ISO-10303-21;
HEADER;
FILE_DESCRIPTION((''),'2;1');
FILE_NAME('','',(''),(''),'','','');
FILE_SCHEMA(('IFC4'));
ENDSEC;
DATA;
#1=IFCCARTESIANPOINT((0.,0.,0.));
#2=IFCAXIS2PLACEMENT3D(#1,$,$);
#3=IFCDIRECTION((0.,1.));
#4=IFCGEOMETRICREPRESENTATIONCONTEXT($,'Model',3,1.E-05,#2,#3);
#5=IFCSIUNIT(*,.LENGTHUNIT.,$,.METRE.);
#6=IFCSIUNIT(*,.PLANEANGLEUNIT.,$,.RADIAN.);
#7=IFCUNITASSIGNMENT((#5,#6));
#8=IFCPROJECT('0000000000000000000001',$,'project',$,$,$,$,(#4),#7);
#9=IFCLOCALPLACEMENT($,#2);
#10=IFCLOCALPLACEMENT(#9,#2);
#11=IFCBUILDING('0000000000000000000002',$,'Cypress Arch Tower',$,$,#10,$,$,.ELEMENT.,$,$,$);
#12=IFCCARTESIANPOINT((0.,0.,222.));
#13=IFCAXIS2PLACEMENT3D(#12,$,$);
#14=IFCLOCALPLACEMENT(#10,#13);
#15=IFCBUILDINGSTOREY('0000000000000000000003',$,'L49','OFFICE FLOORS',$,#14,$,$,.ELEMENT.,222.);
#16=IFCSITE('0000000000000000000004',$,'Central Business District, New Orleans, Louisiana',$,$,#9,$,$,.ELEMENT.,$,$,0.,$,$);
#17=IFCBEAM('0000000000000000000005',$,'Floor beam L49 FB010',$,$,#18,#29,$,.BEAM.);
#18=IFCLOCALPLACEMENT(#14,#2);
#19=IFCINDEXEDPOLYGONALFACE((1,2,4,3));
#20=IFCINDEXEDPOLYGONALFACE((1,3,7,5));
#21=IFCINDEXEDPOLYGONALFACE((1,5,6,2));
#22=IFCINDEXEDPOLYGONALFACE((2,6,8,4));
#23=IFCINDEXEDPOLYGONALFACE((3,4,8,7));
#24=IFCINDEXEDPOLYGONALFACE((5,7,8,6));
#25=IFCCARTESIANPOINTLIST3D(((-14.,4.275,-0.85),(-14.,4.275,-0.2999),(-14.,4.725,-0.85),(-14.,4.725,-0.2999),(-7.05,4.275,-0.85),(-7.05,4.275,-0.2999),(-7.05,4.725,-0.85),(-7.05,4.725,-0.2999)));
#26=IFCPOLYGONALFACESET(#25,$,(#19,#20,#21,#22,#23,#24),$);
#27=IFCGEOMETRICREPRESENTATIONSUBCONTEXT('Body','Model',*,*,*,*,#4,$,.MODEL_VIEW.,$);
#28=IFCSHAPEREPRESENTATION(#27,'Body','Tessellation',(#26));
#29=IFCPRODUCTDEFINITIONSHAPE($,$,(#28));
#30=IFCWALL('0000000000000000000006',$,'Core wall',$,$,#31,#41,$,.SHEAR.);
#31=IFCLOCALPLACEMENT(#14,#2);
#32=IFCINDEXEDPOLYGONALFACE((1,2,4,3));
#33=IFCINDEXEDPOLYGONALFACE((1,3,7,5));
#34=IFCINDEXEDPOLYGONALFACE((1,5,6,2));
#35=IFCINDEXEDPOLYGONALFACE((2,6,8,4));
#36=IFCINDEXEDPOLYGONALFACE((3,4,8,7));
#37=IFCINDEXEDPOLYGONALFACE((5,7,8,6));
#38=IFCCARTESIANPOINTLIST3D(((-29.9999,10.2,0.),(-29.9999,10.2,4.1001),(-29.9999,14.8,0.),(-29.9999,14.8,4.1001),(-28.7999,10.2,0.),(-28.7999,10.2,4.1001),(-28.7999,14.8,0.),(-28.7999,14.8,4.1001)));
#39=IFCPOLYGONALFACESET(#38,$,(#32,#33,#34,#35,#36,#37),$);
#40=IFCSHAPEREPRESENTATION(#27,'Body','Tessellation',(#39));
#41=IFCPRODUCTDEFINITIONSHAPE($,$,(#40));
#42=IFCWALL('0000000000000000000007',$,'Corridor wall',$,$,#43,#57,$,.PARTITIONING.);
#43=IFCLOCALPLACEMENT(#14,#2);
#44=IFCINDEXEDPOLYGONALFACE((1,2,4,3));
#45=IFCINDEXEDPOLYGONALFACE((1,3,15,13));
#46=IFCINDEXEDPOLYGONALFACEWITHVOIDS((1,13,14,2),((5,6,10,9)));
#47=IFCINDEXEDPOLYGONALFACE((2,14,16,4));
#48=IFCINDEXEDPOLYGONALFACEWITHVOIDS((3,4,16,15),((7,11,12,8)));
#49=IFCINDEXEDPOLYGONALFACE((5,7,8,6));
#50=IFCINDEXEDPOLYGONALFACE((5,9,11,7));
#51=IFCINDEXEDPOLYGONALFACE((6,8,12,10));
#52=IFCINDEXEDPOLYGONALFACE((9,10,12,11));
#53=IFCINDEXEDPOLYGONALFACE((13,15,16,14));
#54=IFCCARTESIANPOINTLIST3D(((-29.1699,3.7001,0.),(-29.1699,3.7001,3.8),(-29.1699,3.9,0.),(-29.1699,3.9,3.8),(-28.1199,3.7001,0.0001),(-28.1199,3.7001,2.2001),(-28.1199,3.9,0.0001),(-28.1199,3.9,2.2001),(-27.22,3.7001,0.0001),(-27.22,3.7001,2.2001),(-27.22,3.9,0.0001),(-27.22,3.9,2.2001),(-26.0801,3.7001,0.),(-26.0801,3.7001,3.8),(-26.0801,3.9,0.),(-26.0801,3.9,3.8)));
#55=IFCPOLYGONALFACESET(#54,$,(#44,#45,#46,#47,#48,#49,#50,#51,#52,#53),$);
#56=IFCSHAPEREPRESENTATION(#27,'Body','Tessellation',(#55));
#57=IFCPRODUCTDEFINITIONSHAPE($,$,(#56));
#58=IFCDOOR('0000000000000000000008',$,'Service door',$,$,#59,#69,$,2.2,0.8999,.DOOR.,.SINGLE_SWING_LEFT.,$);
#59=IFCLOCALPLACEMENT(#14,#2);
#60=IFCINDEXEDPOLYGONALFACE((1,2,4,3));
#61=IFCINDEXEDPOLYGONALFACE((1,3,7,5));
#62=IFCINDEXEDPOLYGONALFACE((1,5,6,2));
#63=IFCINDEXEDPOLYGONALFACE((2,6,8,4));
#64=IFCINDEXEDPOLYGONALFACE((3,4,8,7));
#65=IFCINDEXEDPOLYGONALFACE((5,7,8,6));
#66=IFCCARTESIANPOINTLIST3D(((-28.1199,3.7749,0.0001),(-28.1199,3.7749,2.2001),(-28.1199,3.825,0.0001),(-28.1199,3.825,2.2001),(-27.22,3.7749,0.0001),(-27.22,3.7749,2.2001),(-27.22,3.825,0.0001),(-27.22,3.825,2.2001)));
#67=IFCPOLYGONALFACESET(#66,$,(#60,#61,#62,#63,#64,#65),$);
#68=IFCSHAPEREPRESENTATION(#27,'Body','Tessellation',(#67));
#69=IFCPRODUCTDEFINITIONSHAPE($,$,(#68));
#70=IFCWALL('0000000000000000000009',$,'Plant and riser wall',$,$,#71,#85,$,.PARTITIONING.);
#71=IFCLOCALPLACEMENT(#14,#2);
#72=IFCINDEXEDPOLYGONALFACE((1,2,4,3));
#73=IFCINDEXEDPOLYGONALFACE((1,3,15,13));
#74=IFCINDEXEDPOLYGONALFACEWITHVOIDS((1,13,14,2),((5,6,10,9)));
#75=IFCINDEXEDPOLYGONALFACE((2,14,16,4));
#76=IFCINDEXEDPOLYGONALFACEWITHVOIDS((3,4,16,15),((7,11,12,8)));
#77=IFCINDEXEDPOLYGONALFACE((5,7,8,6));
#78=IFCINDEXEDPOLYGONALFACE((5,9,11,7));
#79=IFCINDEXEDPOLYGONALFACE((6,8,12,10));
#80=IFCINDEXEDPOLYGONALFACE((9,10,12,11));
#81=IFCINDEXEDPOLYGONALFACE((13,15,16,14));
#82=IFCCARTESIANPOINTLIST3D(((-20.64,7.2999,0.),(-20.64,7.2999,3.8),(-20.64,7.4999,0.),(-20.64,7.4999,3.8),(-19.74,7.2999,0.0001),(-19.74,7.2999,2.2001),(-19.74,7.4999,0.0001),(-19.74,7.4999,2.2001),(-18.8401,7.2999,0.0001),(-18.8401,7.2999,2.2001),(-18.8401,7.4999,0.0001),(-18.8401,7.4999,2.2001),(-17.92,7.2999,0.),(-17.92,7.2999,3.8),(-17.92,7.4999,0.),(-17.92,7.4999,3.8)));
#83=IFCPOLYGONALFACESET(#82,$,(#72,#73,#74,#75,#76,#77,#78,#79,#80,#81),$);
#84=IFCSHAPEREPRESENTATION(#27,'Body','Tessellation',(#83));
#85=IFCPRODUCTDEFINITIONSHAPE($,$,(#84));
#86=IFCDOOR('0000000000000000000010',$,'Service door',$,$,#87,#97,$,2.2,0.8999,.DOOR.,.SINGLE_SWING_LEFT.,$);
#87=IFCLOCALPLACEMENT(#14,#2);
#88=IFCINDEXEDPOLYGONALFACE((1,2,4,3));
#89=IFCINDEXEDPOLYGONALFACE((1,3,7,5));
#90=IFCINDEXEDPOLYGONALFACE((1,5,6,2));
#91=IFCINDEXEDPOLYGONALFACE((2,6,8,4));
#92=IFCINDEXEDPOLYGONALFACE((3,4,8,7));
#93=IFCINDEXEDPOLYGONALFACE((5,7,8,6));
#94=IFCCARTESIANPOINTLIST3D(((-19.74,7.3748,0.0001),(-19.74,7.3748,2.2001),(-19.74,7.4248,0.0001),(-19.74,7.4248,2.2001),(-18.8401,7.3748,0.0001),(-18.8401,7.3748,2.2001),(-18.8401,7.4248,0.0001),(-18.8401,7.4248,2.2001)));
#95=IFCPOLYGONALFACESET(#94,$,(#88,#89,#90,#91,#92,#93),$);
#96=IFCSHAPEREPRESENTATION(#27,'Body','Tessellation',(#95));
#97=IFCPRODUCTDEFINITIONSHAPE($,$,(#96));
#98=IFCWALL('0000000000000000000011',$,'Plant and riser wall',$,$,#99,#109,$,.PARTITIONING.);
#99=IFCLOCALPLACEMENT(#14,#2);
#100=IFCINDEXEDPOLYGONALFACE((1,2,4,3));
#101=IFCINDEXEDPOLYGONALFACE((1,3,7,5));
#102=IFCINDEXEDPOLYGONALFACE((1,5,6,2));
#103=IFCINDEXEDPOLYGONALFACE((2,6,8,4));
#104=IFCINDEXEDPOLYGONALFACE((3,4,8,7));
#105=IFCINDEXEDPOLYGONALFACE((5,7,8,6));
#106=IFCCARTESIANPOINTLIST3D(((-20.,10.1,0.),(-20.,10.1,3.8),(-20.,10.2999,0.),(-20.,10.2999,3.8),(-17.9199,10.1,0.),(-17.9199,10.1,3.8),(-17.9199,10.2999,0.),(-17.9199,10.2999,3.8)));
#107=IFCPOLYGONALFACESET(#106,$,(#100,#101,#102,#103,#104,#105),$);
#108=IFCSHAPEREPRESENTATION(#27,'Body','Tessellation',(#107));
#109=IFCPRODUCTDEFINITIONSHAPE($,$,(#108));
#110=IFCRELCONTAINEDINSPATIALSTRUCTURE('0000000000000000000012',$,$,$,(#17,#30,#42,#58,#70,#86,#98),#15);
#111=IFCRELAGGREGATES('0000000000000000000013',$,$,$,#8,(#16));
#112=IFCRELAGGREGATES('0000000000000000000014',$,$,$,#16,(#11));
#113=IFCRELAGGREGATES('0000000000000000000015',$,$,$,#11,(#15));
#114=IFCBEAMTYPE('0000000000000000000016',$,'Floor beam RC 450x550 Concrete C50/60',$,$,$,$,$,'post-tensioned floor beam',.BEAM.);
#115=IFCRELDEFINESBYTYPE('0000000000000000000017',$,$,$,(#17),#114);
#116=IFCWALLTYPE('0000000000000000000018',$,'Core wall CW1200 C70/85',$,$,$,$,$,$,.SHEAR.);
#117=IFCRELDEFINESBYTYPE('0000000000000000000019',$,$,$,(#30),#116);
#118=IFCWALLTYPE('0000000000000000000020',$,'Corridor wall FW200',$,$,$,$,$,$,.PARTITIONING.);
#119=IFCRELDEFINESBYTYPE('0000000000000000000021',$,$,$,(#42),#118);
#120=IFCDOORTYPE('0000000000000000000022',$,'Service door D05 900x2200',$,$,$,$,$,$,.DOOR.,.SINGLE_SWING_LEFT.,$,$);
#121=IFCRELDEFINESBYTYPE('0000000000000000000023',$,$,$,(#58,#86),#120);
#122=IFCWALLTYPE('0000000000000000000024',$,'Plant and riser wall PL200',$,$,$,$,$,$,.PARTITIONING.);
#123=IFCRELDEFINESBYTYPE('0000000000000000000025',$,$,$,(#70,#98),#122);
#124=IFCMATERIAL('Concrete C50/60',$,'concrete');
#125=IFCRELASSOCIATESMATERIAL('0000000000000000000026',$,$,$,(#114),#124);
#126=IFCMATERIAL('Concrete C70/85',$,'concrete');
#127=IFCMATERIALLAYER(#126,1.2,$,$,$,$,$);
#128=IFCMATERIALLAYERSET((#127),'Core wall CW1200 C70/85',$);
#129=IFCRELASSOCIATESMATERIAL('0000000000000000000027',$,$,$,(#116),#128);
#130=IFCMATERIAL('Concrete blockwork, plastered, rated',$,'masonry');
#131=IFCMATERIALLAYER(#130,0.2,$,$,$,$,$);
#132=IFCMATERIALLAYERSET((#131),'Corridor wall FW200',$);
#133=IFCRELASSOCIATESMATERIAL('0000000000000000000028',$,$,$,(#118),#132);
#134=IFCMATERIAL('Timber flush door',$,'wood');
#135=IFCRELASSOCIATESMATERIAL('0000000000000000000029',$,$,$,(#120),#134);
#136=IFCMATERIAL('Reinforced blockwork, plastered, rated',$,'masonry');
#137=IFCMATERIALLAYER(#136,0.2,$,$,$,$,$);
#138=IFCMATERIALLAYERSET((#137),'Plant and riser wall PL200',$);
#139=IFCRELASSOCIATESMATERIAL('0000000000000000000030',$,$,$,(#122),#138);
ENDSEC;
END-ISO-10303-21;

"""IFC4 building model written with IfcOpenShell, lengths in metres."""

from ifc_helpers import new_model, si_unit, direction, frame, frame_2d, origin, origin_2d, place, context, subcontext, project, spatial, rectangle, extrude, material, layer, layer_set, material_profile, profile_set, type_object, element, fill, save


model = new_model("IFC4")

# Units and contexts
model_context = context("Model", 3, precision=1e-05, world=origin(), true_north=direction((0.0, 1.0)))
body_context = subcontext(model_context, "Body", "Model", "MODEL_VIEW")
ifc_project = project(units=[si_unit("LENGTHUNIT", "METRE"), si_unit("PLANEANGLEUNIT", "RADIAN")], contexts=[model_context])

# Site, building, storey
site_placement = place(None, origin())
site = spatial("IfcSite", under=ifc_project, at=site_placement, Name="Central Business District, New Orleans, Louisiana", CompositionType="ELEMENT", RefElevation=0.0)
building_placement = place(site_placement, origin())
building = spatial("IfcBuilding", under=site, at=building_placement, Name="Cypress Arch Tower", CompositionType="ELEMENT")
storey_placement = place(building_placement, frame((0.0, 0.0, 222.0)))
storey = spatial("IfcBuildingStorey", under=building, at=storey_placement, Name="L49", Description="OFFICE FLOORS", CompositionType="ELEMENT", Elevation=222.0)

# Beam
ifc_material_1 = material(Name="Concrete C50/60", Category="concrete")
ifc_material_profile = material_profile(ifc_material_1, rectangle(XDim=0.45, YDim=0.55, at=origin_2d()), Name="RC 450x550")
ifc_profile_set = profile_set([ifc_material_profile], Name="Concrete C50/60")
beam_type = type_object("IfcBeamType", Name="Floor beam RC 450x550 Concrete C50/60", ElementType="post-tensioned floor beam", PredefinedType="BEAM", material=ifc_profile_set)
beam_placement = place(storey_placement, frame((-14.0, 4.5, -0.575), z_axis=(1.0, 0.0, 0.0), x_axis=(0.0, 1.0, 0.0)))
element("IfcBeam", 1, at=beam_placement, inside=storey, type_object=beam_type, Name="Floor beam L49 FB010", PredefinedType="BEAM", context=body_context, shape_type="SweptSolid", body=[
    extrude(rectangle(XDim=0.45, YDim=0.55, at=origin_2d()), origin(), (0.0, 0.0, 1.0), 6.95),
])

# Wall
ifc_material_2 = material(Name="Concrete C70/85", Category="concrete")
ifc_layer_1 = layer(ifc_material_2, 1.2)
ifc_layer_set_1 = layer_set([ifc_layer_1], Name="Core wall CW1200 C70/85")
wall_type_1 = type_object("IfcWallType", Name="Core wall CW1200 C70/85", PredefinedType="SHEAR", material=ifc_layer_set_1)
wall_1_placement = place(storey_placement, frame((-29.3999, 10.2, 0.0), z_axis=(0.0, 0.0, 1.0), x_axis=(0.0, 1.0, 0.0)))
element("IfcWall", 2, at=wall_1_placement, inside=storey, type_object=wall_type_1, Name="Core wall", PredefinedType="SHEAR", context=body_context, shape_type="SweptSolid", body=[
    extrude(rectangle(XDim=4.6001, YDim=1.2, at=frame_2d((2.3, 0.0))), origin(), (0.0, 0.0, 1.0), 4.1001),
])

# Walls, openings, doors
ifc_material_3 = material(Name="Concrete blockwork, plastered, rated", Category="masonry")
ifc_layer_2 = layer(ifc_material_3, 0.2)
ifc_layer_set_2 = layer_set([ifc_layer_2], Name="Corridor wall FW200")
wall_type_2 = type_object("IfcWallType", Name="Corridor wall FW200", PredefinedType="PARTITIONING", material=ifc_layer_set_2)
wall_2_placement = place(storey_placement, frame((-29.1699, 3.8, 0.0), z_axis=(0.0, 0.0, 1.0), x_axis=(1.0, 0.0, 0.0)))
wall_2 = element("IfcWall", 3, at=wall_2_placement, inside=storey, type_object=wall_type_2, Name="Corridor wall", PredefinedType="PARTITIONING", context=body_context, shape_type="SweptSolid", body=[
    extrude(rectangle(XDim=3.0898, YDim=0.2, at=frame_2d((1.5449, 0.0))), origin(), (0.0, 0.0, 1.0), 3.8),
])
opening_1_placement = place(wall_2_placement, frame((1.05, 0.0, 0.0)))
opening_1 = element("IfcOpeningElement", 4, at=opening_1_placement, cuts=wall_2, PredefinedType="OPENING", context=body_context, shape_type="SweptSolid", body=[
    extrude(rectangle(XDim=0.8999, YDim=2.2, at=frame_2d((0.45, 1.1001))), frame((0.0, 0.1099, 0.0), z_axis=(0.0, -1.0, 0.0), x_axis=(1.0, 0.0, 0.0)), (0.0, 0.0, 1.0), 0.22),
])
ifc_material_4 = material(Name="Timber flush door", Category="wood")
door_type_1 = type_object("IfcDoorType", Name="Service door D05 900x2200", OperationType="SINGLE_SWING_LEFT", PredefinedType="DOOR", material=ifc_material_4)
door_1_placement = place(opening_1_placement, origin())
door_1 = element("IfcDoor", 5, at=door_1_placement, inside=storey, type_object=door_type_1, Name="Service door", OperationType="SINGLE_SWING_LEFT", OverallHeight=2.2, OverallWidth=0.8999, PredefinedType="DOOR", context=body_context, shape_type="SweptSolid", body=[
    extrude(rectangle(XDim=0.8999, YDim=2.2, at=frame_2d((0.45, 1.1001))), frame((0.0, 0.0249, 0.0), z_axis=(0.0, -1.0, 0.0), x_axis=(1.0, 0.0, 0.0)), (0.0, 0.0, 1.0), 0.05),
])
fill(opening_1, door_1)
ifc_material_5 = material(Name="Reinforced blockwork, plastered, rated", Category="masonry")
ifc_layer_3 = layer(ifc_material_5, 0.2)
ifc_layer_set_3 = layer_set([ifc_layer_3], Name="Plant and riser wall PL200")
wall_type_3 = type_object("IfcWallType", Name="Plant and riser wall PL200", PredefinedType="PARTITIONING", material=ifc_layer_set_3)
wall_3_placement = place(storey_placement, frame((-20.6399, 7.3999, 0.0), z_axis=(0.0, 0.0, 1.0), x_axis=(1.0, 0.0, 0.0)))
wall_3 = element("IfcWall", 6, at=wall_3_placement, inside=storey, type_object=wall_type_3, Name="Plant and riser wall", PredefinedType="PARTITIONING", context=body_context, shape_type="SweptSolid", body=[
    extrude(rectangle(XDim=2.72, YDim=0.2, at=frame_2d((1.3599, 0.0))), origin(), (0.0, 0.0, 1.0), 3.8),
])
opening_2_placement = place(wall_3_placement, frame((0.8999, 0.0, 0.0)))
opening_2 = element("IfcOpeningElement", 7, at=opening_2_placement, cuts=wall_3, PredefinedType="OPENING", context=body_context, shape_type="SweptSolid", body=[
    extrude(rectangle(XDim=0.8999, YDim=2.2, at=frame_2d((0.45, 1.1001))), frame((0.0, 0.1099, 0.0), z_axis=(0.0, -1.0, 0.0), x_axis=(1.0, 0.0, 0.0)), (0.0, 0.0, 1.0), 0.22),
])
door_2_placement = place(opening_2_placement, origin())
door_2 = element("IfcDoor", 8, at=door_2_placement, inside=storey, type_object=door_type_1, Name="Service door", OperationType="SINGLE_SWING_LEFT", OverallHeight=2.2, OverallWidth=0.8999, PredefinedType="DOOR", context=body_context, shape_type="SweptSolid", body=[
    extrude(rectangle(XDim=0.8999, YDim=2.2, at=frame_2d((0.45, 1.1001))), frame((0.0, 0.0249, 0.0), z_axis=(0.0, -1.0, 0.0), x_axis=(1.0, 0.0, 0.0)), (0.0, 0.0, 1.0), 0.05),
])
fill(opening_2, door_2)

# Wall
wall_4_placement = place(storey_placement, frame((-20.0, 10.2, 0.0), z_axis=(0.0, 0.0, 1.0), x_axis=(1.0, 0.0, 0.0)))
element("IfcWall", 9, at=wall_4_placement, inside=storey, type_object=wall_type_3, Name="Plant and riser wall", PredefinedType="PARTITIONING", context=body_context, shape_type="SweptSolid", body=[
    extrude(rectangle(XDim=2.0801, YDim=0.2, at=frame_2d((1.04, 0.0))), origin(), (0.0, 0.0, 1.0), 3.8),
])

save(model, "model.ifc")
